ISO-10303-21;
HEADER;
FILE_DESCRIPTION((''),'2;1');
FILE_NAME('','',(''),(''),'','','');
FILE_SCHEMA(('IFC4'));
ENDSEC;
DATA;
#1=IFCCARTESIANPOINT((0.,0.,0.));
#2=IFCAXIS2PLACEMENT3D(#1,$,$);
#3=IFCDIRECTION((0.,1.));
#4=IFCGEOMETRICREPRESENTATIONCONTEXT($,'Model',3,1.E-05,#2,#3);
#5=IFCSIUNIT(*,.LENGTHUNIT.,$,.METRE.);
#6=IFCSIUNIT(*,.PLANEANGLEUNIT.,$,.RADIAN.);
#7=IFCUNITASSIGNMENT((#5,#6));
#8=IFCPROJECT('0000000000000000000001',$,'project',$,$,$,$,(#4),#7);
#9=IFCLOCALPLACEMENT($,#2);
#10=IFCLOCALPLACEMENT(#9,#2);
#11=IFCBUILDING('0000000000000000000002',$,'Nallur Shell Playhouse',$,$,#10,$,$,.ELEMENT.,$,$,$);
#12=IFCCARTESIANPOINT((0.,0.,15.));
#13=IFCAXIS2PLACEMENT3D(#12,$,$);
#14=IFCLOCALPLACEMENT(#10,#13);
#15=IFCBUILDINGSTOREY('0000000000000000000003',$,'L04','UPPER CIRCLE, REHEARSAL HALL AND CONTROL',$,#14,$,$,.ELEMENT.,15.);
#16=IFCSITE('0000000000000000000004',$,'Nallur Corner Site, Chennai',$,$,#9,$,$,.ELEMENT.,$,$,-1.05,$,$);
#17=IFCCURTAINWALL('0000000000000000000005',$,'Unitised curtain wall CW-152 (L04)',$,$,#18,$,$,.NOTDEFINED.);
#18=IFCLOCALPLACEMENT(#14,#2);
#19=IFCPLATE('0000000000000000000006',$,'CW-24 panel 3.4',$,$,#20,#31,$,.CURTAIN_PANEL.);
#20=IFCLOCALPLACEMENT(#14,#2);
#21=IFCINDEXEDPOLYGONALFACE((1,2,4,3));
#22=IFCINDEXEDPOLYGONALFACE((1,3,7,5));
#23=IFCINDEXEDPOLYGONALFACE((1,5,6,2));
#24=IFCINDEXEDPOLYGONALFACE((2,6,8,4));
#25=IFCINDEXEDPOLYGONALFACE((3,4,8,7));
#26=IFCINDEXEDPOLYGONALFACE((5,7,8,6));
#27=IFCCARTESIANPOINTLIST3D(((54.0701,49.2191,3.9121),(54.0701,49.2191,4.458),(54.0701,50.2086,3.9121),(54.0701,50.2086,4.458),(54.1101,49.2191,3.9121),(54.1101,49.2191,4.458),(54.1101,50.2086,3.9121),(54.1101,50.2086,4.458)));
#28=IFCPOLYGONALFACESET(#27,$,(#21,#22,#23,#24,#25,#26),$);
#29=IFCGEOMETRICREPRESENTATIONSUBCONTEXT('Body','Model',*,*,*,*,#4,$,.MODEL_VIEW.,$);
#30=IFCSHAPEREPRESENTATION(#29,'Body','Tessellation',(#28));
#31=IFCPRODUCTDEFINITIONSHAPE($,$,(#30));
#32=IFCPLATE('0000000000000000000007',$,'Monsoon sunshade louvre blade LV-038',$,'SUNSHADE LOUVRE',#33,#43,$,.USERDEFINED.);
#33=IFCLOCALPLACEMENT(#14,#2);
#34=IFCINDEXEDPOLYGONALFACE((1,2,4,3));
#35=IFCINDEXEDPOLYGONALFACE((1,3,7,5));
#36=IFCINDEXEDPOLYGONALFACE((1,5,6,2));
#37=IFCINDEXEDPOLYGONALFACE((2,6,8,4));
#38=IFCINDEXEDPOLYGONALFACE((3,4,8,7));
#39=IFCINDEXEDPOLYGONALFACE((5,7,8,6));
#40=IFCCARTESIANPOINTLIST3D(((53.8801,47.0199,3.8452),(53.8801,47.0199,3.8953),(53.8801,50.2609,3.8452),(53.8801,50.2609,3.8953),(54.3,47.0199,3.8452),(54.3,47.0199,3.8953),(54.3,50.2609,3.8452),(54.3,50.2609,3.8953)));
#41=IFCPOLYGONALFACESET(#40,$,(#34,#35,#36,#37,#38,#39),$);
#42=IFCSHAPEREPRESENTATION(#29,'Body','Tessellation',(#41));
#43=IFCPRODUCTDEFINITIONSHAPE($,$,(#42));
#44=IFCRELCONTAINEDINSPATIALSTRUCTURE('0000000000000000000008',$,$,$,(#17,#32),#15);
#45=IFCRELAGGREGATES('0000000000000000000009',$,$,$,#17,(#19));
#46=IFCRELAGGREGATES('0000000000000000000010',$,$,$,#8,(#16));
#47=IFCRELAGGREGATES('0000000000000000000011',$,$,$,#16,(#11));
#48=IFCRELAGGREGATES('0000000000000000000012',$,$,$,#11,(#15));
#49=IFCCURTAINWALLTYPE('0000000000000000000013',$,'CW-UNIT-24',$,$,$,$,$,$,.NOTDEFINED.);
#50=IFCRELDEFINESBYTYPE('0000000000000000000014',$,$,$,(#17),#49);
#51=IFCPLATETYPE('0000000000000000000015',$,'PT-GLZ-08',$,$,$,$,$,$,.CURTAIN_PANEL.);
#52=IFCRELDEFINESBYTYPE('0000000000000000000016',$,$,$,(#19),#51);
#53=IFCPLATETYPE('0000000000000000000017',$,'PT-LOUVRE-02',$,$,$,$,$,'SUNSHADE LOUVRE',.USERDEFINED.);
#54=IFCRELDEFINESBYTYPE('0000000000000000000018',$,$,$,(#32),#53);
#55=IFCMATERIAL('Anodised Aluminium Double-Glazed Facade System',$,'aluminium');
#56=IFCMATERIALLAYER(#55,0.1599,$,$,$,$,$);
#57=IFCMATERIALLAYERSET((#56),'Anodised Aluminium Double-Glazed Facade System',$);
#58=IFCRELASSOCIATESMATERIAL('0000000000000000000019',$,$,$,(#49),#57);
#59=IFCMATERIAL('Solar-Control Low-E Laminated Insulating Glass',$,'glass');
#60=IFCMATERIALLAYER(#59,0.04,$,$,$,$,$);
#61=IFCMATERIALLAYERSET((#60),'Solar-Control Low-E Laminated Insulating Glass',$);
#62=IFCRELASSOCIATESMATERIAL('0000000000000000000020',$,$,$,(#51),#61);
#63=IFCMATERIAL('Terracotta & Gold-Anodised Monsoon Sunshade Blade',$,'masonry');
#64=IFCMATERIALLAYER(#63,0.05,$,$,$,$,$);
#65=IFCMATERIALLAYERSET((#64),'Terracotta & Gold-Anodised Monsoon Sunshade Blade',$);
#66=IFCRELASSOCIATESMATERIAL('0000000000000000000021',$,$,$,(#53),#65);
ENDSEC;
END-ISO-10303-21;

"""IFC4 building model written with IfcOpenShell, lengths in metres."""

from ifc_helpers import new_model, si_unit, direction, frame, origin, origin_2d, place, context, subcontext, project, spatial, rectangle, extrude, material, layer, layer_set, type_object, element, aggregate, save


model = new_model("IFC4")

# Units and contexts
model_context = context("Model", 3, precision=1e-05, world=origin(), true_north=direction((0.0, 1.0)))
body_context = subcontext(model_context, "Body", "Model", "MODEL_VIEW")
ifc_project = project(units=[si_unit("LENGTHUNIT", "METRE"), si_unit("PLANEANGLEUNIT", "RADIAN")], contexts=[model_context])

# Site, building, storey
site_placement = place(None, origin())
site = spatial("IfcSite", under=ifc_project, at=site_placement, Name="Nallur Corner Site, Chennai", CompositionType="ELEMENT", RefElevation=-1.05)
building_placement = place(site_placement, origin())
building = spatial("IfcBuilding", under=site, at=building_placement, Name="Nallur Shell Playhouse", CompositionType="ELEMENT")
storey_placement = place(building_placement, frame((0.0, 0.0, 15.0)))
storey = spatial("IfcBuildingStorey", under=building, at=storey_placement, Name="L04", Description="UPPER CIRCLE, REHEARSAL HALL AND CONTROL", CompositionType="ELEMENT", Elevation=15.0)

# Curtain wall
ifc_material_1 = material(Name="Anodised Aluminium Double-Glazed Facade System", Category="aluminium")
ifc_layer_1 = layer(ifc_material_1, 0.1599)
ifc_layer_set_1 = layer_set([ifc_layer_1], Name="Anodised Aluminium Double-Glazed Facade System")
curtain_wall_type_1 = type_object("IfcCurtainWallType", Name="CW-UNIT-24", PredefinedType="NOTDEFINED", material=ifc_layer_set_1)
curtain_wall_1_placement = place(storey_placement, origin())
curtain_wall_1 = element("IfcCurtainWall", 1, at=curtain_wall_1_placement, inside=storey, type_object=curtain_wall_type_1, Name="Unitised curtain wall CW-152 (L04)", PredefinedType="NOTDEFINED")

# Plates
ifc_material_2 = material(Name="Solar-Control Low-E Laminated Insulating Glass", Category="glass")
ifc_layer_2 = layer(ifc_material_2, 0.04)
ifc_layer_set_2 = layer_set([ifc_layer_2], Name="Solar-Control Low-E Laminated Insulating Glass")
plate_type_1 = type_object("IfcPlateType", Name="PT-GLZ-08", PredefinedType="CURTAIN_PANEL", material=ifc_layer_set_2)
plate_1_placement = place(storey_placement, frame((54.0901, 49.7139, 3.9121), z_axis=(0.0, 0.0, 1.0), x_axis=(0.0, 1.0, 0.0)))
plate_1 = element("IfcPlate", 2, at=plate_1_placement, type_object=plate_type_1, Name="CW-24 panel 3.4", PredefinedType="CURTAIN_PANEL", context=body_context, shape_type="SweptSolid", body=[
    extrude(rectangle(XDim=0.9895, YDim=0.04, at=origin_2d()), origin(), (0.0, 0.0, 1.0), 0.5459),
])
aggregate(curtain_wall_1, [plate_1])
ifc_material_3 = material(Name="Terracotta & Gold-Anodised Monsoon Sunshade Blade", Category="masonry")
ifc_layer_3 = layer(ifc_material_3, 0.05)
ifc_layer_set_3 = layer_set([ifc_layer_3], Name="Terracotta & Gold-Anodised Monsoon Sunshade Blade")
plate_type_2 = type_object("IfcPlateType", Name="PT-LOUVRE-02", ElementType="SUNSHADE LOUVRE", PredefinedType="USERDEFINED", material=ifc_layer_set_3)
plate_2_placement = place(storey_placement, frame((54.0901, 48.6404, 3.8452), z_axis=(0.0, 0.0, 1.0), x_axis=(0.0, 1.0, 0.0)))
element("IfcPlate", 3, at=plate_2_placement, inside=storey, type_object=plate_type_2, Name="Monsoon sunshade louvre blade LV-038", ObjectType="SUNSHADE LOUVRE", PredefinedType="USERDEFINED", context=body_context, shape_type="SweptSolid", body=[
    extrude(rectangle(XDim=3.241, YDim=0.4199, at=origin_2d()), origin(), (0.0, 0.0, 1.0), 0.05),
])

save(model, "model.ifc")
